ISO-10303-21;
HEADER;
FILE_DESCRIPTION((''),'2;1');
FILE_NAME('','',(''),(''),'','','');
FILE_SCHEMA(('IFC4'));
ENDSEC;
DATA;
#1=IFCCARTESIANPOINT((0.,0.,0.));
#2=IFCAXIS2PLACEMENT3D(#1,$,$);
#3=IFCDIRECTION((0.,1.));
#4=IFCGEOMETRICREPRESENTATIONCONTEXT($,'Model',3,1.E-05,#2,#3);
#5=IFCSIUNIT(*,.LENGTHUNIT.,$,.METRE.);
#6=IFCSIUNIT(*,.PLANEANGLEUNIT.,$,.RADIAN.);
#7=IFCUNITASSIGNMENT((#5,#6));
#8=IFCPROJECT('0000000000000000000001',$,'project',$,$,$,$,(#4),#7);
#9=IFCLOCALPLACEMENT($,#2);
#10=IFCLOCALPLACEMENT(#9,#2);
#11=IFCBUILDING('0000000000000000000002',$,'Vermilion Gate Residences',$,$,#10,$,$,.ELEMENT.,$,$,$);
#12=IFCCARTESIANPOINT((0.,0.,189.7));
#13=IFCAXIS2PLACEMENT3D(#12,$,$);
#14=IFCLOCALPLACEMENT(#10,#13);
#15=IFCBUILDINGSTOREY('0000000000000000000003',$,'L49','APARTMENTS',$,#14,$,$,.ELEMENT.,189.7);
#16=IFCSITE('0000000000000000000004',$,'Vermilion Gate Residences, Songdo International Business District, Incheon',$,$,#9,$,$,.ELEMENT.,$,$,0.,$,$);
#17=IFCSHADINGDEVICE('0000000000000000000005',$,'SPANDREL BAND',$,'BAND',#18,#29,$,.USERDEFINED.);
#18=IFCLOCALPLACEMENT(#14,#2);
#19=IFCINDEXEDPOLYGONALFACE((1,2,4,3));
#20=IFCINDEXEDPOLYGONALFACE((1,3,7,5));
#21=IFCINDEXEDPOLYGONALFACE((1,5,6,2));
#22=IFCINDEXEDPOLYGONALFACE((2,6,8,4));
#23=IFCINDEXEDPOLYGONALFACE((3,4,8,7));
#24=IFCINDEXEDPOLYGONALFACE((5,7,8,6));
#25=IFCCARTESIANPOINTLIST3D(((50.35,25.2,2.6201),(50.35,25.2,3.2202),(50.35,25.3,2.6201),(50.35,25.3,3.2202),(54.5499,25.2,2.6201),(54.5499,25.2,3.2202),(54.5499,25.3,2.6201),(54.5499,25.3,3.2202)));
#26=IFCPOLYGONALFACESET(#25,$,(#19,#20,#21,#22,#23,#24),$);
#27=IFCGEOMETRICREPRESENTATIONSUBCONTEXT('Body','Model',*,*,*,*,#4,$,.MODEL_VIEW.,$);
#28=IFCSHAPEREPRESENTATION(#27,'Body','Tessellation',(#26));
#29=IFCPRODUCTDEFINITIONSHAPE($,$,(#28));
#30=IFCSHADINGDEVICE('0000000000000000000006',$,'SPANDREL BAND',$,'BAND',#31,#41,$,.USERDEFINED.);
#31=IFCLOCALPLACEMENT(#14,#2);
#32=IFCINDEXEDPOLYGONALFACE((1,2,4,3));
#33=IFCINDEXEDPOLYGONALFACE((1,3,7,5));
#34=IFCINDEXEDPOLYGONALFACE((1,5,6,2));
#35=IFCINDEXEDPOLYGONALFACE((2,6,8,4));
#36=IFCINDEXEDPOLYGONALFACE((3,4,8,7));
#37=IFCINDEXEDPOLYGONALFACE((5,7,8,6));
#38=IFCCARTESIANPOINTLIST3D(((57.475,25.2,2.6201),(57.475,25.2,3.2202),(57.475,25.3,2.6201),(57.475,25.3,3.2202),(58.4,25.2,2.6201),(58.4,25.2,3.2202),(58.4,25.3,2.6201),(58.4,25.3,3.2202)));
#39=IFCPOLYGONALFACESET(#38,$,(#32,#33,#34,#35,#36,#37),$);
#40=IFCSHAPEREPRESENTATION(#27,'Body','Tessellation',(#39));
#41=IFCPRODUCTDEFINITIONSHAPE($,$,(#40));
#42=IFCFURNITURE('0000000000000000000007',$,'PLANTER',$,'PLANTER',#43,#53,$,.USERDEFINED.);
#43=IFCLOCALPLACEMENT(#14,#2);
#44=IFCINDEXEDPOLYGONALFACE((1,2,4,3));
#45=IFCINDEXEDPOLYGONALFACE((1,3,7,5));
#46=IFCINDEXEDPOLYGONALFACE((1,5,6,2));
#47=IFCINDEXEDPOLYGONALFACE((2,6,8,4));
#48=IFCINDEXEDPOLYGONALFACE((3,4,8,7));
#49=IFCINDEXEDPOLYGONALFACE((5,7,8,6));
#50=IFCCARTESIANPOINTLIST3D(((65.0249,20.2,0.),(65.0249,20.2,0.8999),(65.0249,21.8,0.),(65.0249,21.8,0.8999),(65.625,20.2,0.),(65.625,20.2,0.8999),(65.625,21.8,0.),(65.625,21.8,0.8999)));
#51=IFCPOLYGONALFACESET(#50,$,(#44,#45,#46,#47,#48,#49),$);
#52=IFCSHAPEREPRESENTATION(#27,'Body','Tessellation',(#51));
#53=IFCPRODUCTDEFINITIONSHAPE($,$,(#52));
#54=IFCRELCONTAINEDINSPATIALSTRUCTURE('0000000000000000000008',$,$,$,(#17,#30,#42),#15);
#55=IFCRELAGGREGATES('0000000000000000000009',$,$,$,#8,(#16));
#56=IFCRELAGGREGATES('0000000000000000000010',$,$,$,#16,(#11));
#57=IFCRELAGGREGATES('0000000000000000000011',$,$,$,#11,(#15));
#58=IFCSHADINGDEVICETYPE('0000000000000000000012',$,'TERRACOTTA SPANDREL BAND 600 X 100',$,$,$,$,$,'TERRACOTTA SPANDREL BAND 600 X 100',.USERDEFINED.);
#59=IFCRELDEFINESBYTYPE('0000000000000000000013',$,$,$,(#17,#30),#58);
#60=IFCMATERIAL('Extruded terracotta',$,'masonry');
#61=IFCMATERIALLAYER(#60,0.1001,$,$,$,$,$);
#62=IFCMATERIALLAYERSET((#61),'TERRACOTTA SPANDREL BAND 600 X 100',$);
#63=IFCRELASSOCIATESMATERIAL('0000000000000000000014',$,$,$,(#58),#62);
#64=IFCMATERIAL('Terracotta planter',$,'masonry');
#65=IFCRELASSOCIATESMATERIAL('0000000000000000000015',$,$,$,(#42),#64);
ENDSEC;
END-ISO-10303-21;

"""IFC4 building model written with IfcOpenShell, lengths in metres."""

from ifc_helpers import new_model, si_unit, direction, frame, origin, origin_2d, place, context, subcontext, project, spatial, rectangle, extrude, material, layer, layer_set, type_object, element, save


model = new_model("IFC4")

# Units and contexts
model_context = context("Model", 3, precision=1e-05, world=origin(), true_north=direction((0.0, 1.0)))
body_context = subcontext(model_context, "Body", "Model", "MODEL_VIEW")
ifc_project = project(units=[si_unit("LENGTHUNIT", "METRE"), si_unit("PLANEANGLEUNIT", "RADIAN")], contexts=[model_context])

# Site, building, storey
site_placement = place(None, origin())
site = spatial("IfcSite", under=ifc_project, at=site_placement, Name="Vermilion Gate Residences, Songdo International Business District, Incheon", CompositionType="ELEMENT", RefElevation=0.0)
building_placement = place(site_placement, origin())
building = spatial("IfcBuilding", under=site, at=building_placement, Name="Vermilion Gate Residences", CompositionType="ELEMENT")
storey_placement = place(building_placement, frame((0.0, 0.0, 189.7)))
storey = spatial("IfcBuildingStorey", under=building, at=storey_placement, Name="L49", Description="APARTMENTS", CompositionType="ELEMENT", Elevation=189.7)

# Shading devices
ifc_material_1 = material(Name="Extruded terracotta", Category="masonry")
ifc_layer_1 = layer(ifc_material_1, 0.1001)
ifc_layer_set_1 = layer_set([ifc_layer_1], Name="TERRACOTTA SPANDREL BAND 600 X 100")
shading_device_type_1 = type_object("IfcShadingDeviceType", Name="TERRACOTTA SPANDREL BAND 600 X 100", ElementType="TERRACOTTA SPANDREL BAND 600 X 100", PredefinedType="USERDEFINED", material=ifc_layer_set_1)
shading_device_1_placement = place(storey_placement, frame((52.45, 25.25, 2.6201), z_axis=(0.0, 0.0, 1.0), x_axis=(1.0, 0.0, 0.0)))
element("IfcShadingDevice", 1, at=shading_device_1_placement, inside=storey, type_object=shading_device_type_1, Name="SPANDREL BAND", ObjectType="BAND", PredefinedType="USERDEFINED", context=body_context, shape_type="SweptSolid", body=[
    extrude(rectangle(XDim=4.2, YDim=0.1001, at=origin_2d()), origin(), (0.0, 0.0, 1.0), 0.6001),
])
shading_device_2_placement = place(storey_placement, frame((57.9375, 25.25, 2.6201), z_axis=(0.0, 0.0, 1.0), x_axis=(1.0, 0.0, 0.0)))
element("IfcShadingDevice", 2, at=shading_device_2_placement, inside=storey, type_object=shading_device_type_1, Name="SPANDREL BAND", ObjectType="BAND", PredefinedType="USERDEFINED", context=body_context, shape_type="SweptSolid", body=[
    extrude(rectangle(XDim=0.925, YDim=0.1001, at=origin_2d()), origin(), (0.0, 0.0, 1.0), 0.6001),
])

# Furniture
ifc_material_2 = material(Name="Terracotta planter", Category="masonry")
furniture_placement = place(storey_placement, frame((65.325, 21.0, 0.0), z_axis=(0.0, 0.0, 1.0), x_axis=(0.0, 1.0, 0.0)))
element("IfcFurniture", 3, at=furniture_placement, inside=storey, material=ifc_material_2, Name="PLANTER", ObjectType="PLANTER", PredefinedType="USERDEFINED", context=body_context, shape_type="SweptSolid", body=[
    extrude(rectangle(XDim=1.6001, YDim=0.6001, at=origin_2d()), origin(), (0.0, 0.0, 1.0), 0.8999),
])

save(model, "model.ifc")
